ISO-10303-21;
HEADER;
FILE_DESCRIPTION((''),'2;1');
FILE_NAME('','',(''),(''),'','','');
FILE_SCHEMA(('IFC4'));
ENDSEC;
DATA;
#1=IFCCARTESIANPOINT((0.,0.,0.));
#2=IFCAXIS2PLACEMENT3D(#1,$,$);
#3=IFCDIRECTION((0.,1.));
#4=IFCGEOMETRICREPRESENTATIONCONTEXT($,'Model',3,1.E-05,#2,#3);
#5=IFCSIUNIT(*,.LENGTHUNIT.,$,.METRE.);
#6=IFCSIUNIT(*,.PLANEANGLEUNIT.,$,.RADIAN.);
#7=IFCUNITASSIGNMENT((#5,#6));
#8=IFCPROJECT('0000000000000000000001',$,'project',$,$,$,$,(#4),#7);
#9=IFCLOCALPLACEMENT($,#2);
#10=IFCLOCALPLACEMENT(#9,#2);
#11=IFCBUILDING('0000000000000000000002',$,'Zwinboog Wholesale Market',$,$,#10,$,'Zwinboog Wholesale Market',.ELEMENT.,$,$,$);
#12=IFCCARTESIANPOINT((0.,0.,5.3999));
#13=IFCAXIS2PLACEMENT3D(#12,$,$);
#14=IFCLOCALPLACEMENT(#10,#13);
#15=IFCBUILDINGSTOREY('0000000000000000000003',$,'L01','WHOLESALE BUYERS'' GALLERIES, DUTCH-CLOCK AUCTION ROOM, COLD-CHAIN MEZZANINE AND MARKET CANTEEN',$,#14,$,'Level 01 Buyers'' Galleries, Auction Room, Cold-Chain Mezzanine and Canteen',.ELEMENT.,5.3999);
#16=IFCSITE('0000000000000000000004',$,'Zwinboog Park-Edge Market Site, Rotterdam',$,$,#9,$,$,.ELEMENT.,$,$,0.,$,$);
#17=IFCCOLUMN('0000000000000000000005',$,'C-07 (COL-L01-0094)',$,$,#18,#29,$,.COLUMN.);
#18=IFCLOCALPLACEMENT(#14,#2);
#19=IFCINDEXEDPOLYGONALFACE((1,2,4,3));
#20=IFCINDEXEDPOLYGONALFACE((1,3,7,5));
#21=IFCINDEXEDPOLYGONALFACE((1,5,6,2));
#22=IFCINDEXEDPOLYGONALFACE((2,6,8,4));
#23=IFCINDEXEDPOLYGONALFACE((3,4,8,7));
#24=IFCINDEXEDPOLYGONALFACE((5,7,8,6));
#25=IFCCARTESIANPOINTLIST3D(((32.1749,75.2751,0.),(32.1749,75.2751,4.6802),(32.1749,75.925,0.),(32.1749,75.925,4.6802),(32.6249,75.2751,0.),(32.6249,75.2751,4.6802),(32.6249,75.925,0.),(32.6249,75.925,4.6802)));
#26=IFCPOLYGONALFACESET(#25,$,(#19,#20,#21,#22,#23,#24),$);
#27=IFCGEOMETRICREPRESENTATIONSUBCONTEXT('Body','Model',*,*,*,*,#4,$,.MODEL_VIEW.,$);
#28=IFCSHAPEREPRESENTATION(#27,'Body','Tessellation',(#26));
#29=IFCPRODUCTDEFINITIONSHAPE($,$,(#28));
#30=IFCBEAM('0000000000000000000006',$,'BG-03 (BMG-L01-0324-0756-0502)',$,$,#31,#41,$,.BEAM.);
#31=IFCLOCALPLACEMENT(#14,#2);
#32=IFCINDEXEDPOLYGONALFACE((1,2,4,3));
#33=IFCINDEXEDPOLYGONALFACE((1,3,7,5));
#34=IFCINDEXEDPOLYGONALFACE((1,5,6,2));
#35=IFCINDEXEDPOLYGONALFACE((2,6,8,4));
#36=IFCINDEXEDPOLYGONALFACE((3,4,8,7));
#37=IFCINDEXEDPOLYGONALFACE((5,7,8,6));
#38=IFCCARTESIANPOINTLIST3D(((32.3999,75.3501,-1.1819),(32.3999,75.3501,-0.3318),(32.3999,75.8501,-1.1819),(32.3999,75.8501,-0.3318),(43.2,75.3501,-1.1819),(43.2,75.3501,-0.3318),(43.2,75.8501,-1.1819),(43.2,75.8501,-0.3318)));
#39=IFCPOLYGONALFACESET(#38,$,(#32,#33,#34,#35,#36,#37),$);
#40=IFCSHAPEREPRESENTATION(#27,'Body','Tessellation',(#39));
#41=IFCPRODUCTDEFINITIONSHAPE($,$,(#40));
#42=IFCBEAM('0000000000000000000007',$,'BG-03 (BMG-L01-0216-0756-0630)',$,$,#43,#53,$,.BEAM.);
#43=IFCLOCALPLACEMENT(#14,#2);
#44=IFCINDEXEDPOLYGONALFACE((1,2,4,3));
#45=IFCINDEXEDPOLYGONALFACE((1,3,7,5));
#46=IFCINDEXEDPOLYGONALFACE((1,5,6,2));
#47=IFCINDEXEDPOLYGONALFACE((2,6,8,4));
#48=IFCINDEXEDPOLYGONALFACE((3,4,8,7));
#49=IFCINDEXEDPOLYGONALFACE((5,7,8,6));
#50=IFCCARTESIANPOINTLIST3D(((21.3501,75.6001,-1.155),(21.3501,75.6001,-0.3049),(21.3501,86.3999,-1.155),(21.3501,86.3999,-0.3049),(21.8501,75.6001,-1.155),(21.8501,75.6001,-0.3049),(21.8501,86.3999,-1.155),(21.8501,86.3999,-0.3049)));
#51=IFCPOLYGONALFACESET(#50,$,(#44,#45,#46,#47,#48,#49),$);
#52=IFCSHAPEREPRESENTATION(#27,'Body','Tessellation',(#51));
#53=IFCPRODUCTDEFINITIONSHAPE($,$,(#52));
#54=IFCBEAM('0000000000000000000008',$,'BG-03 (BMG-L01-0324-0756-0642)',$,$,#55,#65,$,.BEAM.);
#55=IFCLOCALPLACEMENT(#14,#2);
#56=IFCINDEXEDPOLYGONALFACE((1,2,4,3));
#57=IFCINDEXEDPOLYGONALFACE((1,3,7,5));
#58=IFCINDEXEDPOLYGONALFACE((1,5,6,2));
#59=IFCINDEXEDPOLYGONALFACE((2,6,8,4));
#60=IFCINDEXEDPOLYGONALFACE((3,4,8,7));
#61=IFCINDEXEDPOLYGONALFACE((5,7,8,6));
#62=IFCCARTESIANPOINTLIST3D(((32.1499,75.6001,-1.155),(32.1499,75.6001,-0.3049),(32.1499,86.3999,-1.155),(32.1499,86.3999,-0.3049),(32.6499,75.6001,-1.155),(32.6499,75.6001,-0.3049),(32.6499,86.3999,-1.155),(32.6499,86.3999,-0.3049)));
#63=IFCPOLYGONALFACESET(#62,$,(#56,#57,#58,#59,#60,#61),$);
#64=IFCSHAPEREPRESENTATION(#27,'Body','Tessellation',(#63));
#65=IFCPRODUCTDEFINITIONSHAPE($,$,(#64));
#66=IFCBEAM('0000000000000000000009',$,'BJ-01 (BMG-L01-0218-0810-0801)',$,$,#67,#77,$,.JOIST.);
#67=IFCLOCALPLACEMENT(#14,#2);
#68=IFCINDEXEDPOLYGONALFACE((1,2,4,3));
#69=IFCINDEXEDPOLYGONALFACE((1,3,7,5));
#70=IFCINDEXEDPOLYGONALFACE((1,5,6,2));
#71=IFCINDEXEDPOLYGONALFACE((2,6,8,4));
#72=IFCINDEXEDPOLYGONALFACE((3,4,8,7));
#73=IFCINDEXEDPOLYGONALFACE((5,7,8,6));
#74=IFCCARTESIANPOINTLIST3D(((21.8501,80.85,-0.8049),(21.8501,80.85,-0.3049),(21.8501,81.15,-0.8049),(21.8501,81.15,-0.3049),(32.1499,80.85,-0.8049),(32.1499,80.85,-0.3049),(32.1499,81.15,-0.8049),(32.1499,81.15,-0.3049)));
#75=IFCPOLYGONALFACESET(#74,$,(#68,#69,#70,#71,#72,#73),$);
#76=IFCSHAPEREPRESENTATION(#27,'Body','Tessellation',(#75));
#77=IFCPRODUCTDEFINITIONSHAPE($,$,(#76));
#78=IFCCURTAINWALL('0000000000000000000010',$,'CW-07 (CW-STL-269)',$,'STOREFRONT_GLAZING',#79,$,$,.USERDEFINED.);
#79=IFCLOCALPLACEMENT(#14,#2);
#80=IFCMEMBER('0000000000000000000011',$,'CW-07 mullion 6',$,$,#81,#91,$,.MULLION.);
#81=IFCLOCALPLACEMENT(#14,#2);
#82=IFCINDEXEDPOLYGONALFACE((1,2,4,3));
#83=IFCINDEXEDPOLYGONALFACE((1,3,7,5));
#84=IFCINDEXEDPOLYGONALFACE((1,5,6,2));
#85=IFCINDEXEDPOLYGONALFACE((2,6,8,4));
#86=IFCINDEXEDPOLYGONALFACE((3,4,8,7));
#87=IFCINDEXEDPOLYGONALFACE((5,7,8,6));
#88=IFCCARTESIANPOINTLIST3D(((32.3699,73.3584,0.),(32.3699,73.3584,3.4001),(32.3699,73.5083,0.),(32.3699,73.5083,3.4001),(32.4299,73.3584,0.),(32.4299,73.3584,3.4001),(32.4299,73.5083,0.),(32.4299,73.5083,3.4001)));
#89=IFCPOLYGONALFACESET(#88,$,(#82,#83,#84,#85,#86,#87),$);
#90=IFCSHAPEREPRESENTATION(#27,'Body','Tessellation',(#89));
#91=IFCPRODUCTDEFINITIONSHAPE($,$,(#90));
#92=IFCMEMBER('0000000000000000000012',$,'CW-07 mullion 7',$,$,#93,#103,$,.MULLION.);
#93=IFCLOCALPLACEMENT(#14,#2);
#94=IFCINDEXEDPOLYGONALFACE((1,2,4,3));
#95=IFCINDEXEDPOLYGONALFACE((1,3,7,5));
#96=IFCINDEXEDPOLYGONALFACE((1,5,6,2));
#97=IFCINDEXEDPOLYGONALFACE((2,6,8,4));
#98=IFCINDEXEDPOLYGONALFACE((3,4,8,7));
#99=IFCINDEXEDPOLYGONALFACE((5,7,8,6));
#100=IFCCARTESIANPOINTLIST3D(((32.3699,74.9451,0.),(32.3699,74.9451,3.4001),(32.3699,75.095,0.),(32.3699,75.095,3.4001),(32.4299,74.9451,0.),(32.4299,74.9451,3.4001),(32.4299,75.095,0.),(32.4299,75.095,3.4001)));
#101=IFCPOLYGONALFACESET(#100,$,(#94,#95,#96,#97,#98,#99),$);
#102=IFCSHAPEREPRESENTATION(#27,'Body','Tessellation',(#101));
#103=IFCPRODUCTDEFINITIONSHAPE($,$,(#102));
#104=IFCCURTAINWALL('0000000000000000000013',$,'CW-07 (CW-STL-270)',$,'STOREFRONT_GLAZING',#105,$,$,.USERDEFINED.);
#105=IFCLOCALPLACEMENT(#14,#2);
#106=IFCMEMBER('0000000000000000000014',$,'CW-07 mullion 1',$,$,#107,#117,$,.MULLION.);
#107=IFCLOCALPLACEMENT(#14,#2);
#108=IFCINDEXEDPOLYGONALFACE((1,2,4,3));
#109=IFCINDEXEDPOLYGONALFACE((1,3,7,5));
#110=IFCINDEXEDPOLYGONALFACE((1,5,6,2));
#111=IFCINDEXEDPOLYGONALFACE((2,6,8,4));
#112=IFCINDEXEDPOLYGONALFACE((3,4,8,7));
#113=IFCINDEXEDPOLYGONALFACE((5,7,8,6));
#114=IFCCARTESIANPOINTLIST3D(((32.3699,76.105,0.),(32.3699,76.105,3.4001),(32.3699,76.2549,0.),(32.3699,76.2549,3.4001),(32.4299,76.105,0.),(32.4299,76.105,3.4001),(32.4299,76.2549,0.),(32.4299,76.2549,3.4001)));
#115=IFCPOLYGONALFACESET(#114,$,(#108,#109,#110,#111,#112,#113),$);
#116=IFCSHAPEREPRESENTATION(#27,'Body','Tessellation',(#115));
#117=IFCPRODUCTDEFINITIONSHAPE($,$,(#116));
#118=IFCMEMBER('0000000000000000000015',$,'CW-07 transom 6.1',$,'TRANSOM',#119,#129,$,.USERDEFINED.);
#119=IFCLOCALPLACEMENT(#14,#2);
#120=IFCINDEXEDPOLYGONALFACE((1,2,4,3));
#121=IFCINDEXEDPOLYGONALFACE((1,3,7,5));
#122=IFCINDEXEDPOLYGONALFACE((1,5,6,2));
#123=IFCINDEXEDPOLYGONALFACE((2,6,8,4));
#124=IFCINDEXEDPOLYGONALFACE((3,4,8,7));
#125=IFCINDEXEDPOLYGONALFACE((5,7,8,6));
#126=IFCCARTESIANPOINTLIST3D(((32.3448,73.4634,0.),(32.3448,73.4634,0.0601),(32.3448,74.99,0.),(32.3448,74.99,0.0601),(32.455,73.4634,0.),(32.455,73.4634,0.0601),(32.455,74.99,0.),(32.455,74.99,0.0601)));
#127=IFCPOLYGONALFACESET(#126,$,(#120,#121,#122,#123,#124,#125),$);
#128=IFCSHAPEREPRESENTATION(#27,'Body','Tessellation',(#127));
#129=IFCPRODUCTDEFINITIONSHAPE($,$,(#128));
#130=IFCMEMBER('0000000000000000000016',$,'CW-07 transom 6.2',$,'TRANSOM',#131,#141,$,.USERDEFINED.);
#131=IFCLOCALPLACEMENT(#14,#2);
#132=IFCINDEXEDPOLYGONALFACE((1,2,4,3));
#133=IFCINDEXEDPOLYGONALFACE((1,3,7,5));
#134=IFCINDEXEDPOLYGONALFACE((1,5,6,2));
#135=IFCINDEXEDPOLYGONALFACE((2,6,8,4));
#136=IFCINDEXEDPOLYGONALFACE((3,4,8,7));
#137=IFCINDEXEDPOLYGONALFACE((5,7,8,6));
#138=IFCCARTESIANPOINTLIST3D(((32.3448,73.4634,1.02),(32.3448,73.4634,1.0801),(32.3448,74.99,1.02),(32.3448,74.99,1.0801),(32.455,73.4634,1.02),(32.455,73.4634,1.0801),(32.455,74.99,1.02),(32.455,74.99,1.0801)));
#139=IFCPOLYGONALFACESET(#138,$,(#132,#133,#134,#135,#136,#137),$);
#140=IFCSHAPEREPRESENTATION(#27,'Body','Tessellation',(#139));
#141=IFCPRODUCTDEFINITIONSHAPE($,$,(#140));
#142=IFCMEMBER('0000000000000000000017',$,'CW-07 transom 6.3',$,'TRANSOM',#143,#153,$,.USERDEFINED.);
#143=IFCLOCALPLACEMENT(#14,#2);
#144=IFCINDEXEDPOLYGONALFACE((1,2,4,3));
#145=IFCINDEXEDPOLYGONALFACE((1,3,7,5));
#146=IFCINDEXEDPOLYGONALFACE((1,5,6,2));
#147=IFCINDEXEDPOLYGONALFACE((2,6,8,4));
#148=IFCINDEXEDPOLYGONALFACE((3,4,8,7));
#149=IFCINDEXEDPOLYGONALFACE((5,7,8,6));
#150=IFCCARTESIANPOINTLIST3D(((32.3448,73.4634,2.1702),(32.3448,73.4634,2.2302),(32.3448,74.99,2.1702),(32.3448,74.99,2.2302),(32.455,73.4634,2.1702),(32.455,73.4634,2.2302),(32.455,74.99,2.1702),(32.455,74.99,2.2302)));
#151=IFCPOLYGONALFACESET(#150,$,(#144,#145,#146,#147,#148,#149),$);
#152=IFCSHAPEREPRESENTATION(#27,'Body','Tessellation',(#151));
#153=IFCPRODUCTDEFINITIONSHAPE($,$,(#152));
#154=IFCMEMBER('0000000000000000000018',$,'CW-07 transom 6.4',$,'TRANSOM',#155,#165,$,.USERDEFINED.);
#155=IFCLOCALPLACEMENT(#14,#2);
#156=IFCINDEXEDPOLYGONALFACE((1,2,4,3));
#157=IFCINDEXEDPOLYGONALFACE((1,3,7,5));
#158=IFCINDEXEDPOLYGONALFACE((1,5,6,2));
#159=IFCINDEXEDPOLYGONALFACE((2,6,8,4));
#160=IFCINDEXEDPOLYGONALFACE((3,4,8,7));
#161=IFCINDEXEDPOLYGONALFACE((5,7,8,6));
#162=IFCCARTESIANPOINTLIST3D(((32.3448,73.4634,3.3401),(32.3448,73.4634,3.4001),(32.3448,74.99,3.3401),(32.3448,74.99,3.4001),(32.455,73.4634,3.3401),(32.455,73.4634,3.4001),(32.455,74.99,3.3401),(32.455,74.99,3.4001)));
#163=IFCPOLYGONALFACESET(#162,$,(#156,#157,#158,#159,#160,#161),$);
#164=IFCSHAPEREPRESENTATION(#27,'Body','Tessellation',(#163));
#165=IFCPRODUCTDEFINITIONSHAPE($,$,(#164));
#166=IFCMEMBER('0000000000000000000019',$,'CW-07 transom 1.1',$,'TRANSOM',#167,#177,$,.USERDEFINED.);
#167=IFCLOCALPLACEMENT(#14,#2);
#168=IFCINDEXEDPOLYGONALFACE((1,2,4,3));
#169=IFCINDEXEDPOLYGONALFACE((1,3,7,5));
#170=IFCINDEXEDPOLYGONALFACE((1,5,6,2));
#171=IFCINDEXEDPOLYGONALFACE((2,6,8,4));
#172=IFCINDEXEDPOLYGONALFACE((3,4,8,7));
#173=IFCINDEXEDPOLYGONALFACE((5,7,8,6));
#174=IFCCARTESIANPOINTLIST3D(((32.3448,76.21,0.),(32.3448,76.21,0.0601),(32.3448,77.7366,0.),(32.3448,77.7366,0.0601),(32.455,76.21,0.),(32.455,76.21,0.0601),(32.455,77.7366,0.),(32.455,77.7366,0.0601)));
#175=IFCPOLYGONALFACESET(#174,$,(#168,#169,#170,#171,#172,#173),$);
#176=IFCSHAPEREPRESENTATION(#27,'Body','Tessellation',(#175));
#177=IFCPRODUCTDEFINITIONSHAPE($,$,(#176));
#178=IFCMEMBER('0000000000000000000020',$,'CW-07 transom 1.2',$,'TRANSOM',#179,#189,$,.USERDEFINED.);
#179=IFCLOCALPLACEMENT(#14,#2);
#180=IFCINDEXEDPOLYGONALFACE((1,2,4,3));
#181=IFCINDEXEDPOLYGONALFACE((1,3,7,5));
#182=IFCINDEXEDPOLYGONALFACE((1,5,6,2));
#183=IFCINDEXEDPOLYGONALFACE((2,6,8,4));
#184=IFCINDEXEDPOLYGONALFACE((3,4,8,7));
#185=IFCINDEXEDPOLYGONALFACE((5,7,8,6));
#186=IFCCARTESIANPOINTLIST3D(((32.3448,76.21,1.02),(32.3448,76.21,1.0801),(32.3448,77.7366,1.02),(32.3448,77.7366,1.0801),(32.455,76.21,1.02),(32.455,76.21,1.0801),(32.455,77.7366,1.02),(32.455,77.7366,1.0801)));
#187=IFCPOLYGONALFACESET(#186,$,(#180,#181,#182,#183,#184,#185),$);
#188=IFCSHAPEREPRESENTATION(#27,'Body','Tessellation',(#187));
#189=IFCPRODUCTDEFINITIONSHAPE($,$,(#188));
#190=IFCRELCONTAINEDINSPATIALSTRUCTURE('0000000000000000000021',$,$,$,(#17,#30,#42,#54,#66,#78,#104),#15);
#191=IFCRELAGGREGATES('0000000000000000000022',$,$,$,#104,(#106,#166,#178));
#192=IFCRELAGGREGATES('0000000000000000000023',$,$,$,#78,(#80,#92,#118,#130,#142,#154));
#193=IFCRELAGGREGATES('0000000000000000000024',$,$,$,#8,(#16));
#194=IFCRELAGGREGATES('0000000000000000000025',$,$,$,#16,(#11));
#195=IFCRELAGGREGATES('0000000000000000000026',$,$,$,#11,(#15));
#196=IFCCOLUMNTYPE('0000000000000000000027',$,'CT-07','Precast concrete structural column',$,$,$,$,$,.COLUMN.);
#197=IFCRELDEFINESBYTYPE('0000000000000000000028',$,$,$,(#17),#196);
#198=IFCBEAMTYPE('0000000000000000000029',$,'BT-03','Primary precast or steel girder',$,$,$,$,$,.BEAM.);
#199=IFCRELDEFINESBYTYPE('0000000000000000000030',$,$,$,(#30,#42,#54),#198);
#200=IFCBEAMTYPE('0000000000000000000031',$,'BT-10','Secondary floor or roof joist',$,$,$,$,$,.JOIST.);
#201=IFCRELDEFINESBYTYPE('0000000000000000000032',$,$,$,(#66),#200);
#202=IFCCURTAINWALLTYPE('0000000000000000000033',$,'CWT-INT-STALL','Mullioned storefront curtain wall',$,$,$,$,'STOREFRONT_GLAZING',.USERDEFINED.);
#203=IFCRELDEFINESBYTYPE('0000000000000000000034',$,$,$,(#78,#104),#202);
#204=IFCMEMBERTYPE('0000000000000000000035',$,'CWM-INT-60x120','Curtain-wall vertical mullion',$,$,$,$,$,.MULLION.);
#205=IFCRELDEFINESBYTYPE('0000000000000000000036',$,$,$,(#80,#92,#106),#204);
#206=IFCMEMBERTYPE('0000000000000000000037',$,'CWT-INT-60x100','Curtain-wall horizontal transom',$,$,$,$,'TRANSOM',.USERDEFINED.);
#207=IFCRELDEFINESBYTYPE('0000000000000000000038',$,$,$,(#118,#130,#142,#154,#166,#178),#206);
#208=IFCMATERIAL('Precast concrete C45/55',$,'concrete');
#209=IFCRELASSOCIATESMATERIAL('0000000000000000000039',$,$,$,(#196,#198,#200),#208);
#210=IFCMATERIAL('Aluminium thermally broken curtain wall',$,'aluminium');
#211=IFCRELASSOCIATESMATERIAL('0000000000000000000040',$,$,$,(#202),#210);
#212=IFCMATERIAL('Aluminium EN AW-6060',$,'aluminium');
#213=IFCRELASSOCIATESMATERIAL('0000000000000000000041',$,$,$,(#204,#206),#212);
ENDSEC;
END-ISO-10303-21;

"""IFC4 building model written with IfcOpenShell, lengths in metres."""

from ifc_helpers import new_model, si_unit, direction, frame, origin, origin_2d, place, context, subcontext, project, spatial, rectangle, extrude, material, material_profile, profile_set, type_object, element, aggregate, save


model = new_model("IFC4")

# Units and contexts
model_context = context("Model", 3, precision=1e-05, world=origin(), true_north=direction((0.0, 1.0)))
body_context = subcontext(model_context, "Body", "Model", "MODEL_VIEW")
ifc_project = project(units=[si_unit("LENGTHUNIT", "METRE"), si_unit("PLANEANGLEUNIT", "RADIAN")], contexts=[model_context])

# Site, building, storey
site_placement = place(None, origin())
site = spatial("IfcSite", under=ifc_project, at=site_placement, Name="Zwinboog Park-Edge Market Site, Rotterdam", CompositionType="ELEMENT", RefElevation=0.0)
building_placement = place(site_placement, origin())
building = spatial("IfcBuilding", under=site, at=building_placement, Name="Zwinboog Wholesale Market", LongName="Zwinboog Wholesale Market", CompositionType="ELEMENT")
storey_placement = place(building_placement, frame((0.0, 0.0, 5.3999)))
storey = spatial("IfcBuildingStorey", under=building, at=storey_placement, Name="L01", Description="WHOLESALE BUYERS' GALLERIES, DUTCH-CLOCK AUCTION ROOM, COLD-CHAIN MEZZANINE AND MARKET CANTEEN", LongName="Level 01 Buyers' Galleries, Auction Room, Cold-Chain Mezzanine and Canteen", CompositionType="ELEMENT", Elevation=5.3999)

# Column
ifc_material_1 = material(Name="Precast concrete C45/55", Category="concrete")
ifc_material_profile_1 = material_profile(ifc_material_1, rectangle(XDim=0.45, YDim=0.6499, at=origin_2d()), Name="PC 450x650")
ifc_profile_set_1 = profile_set([ifc_material_profile_1], Name="Precast concrete C45/55")
column_type = type_object("IfcColumnType", Name="CT-07", Description="Precast concrete structural column", PredefinedType="COLUMN", material=ifc_profile_set_1)
column_placement = place(storey_placement, frame((32.3999, 75.6001, 0.0), z_axis=(0.0, 0.0, 1.0), x_axis=(1.0, 0.0, 0.0)))
element("IfcColumn", 1, at=column_placement, inside=storey, type_object=column_type, Name="C-07 (COL-L01-0094)", PredefinedType="COLUMN", context=body_context, shape_type="SweptSolid", body=[
    extrude(rectangle(XDim=0.45, YDim=0.6499, at=origin_2d()), origin(), (0.0, 0.0, 1.0), 4.6802),
])

# Beams
ifc_material_profile_2 = material_profile(ifc_material_1, rectangle(XDim=0.5, YDim=0.8501, at=origin_2d()), Name="PC 500x850")
ifc_profile_set_2 = profile_set([ifc_material_profile_2], Name="Precast concrete C45/55")
beam_type_1 = type_object("IfcBeamType", Name="BT-03", Description="Primary precast or steel girder", PredefinedType="BEAM", material=ifc_profile_set_2)
beam_1_placement = place(storey_placement, frame((32.3999, 75.6001, -0.7568), z_axis=(1.0, 0.0, 0.0), x_axis=(0.0, 1.0, 0.0)))
element("IfcBeam", 2, at=beam_1_placement, inside=storey, type_object=beam_type_1, Name="BG-03 (BMG-L01-0324-0756-0502)", PredefinedType="BEAM", context=body_context, shape_type="SweptSolid", body=[
    extrude(rectangle(XDim=0.5, YDim=0.8501, at=origin_2d()), origin(), (0.0, 0.0, 1.0), 10.8),
])
for number, where, z_axis, x_axis, name in (
    (3, (21.6001, 75.6001, -0.73), (0.0, 1.0, 0.0), (-1.0, 0.0, 0.0), "BG-03 (BMG-L01-0216-0756-0630)"),
    (4, (32.3999, 75.6001, -0.73), (0.0, 1.0, 0.0), (-1.0, 0.0, 0.0), "BG-03 (BMG-L01-0324-0756-0642)"),
):
    element("IfcBeam", number, at=place(storey_placement, frame(where, z_axis=z_axis, x_axis=x_axis)), inside=storey, type_object=beam_type_1, Name=name, PredefinedType="BEAM", context=body_context, shape_type="SweptSolid", body=[
        extrude(rectangle(XDim=0.5, YDim=0.8501, at=origin_2d()), origin(), (0.0, 0.0, 1.0), 10.7998),
    ])
ifc_material_profile_3 = material_profile(ifc_material_1, rectangle(XDim=0.3, YDim=0.5, at=origin_2d()), Name="PC 300x500")
ifc_profile_set_3 = profile_set([ifc_material_profile_3], Name="Precast concrete C45/55")
beam_type_2 = type_object("IfcBeamType", Name="BT-10", Description="Secondary floor or roof joist", PredefinedType="JOIST", material=ifc_profile_set_3)
beam_2_placement = place(storey_placement, frame((21.8501, 81.0, -0.5549), z_axis=(1.0, 0.0, 0.0), x_axis=(0.0, 1.0, 0.0)))
element("IfcBeam", 5, at=beam_2_placement, inside=storey, type_object=beam_type_2, Name="BJ-01 (BMG-L01-0218-0810-0801)", PredefinedType="JOIST", context=body_context, shape_type="SweptSolid", body=[
    extrude(rectangle(XDim=0.3, YDim=0.5, at=origin_2d()), origin(), (0.0, 0.0, 1.0), 10.2998),
])

# Curtain wall, members
ifc_material_2 = material(Name="Aluminium thermally broken curtain wall", Category="aluminium")
curtain_wall_type = type_object("IfcCurtainWallType", Name="CWT-INT-STALL", Description="Mullioned storefront curtain wall", ElementType="STOREFRONT_GLAZING", PredefinedType="USERDEFINED", material=ifc_material_2)
curtain_wall_1_placement = place(storey_placement, origin())
curtain_wall_1 = element("IfcCurtainWall", 6, at=curtain_wall_1_placement, inside=storey, type_object=curtain_wall_type, Name="CW-07 (CW-STL-269)", ObjectType="STOREFRONT_GLAZING", PredefinedType="USERDEFINED")
ifc_material_3 = material(Name="Aluminium EN AW-6060", Category="aluminium")
ifc_material_profile_4 = material_profile(ifc_material_3, rectangle(XDim=0.0601, YDim=0.1499, at=origin_2d()), Name="AL 60x150")
ifc_profile_set_4 = profile_set([ifc_material_profile_4], Name="Aluminium EN AW-6060")
member_type_1 = type_object("IfcMemberType", Name="CWM-INT-60x120", Description="Curtain-wall vertical mullion", PredefinedType="MULLION", material=ifc_profile_set_4)
member_1_placement = place(storey_placement, frame((32.3999, 73.4333, 0.0), z_axis=(0.0, 0.0, 1.0), x_axis=(-1.0, 0.0, 0.0)))
member_1 = element("IfcMember", 7, at=member_1_placement, type_object=member_type_1, Name="CW-07 mullion 6", PredefinedType="MULLION", context=body_context, shape_type="SweptSolid", body=[
    extrude(rectangle(XDim=0.0601, YDim=0.1499, at=origin_2d()), origin(), (0.0, 0.0, 1.0), 3.4001),
])
member_2_placement = place(storey_placement, frame((32.3999, 75.02, 0.0), z_axis=(0.0, 0.0, 1.0), x_axis=(-1.0, 0.0, 0.0)))
member_2 = element("IfcMember", 8, at=member_2_placement, type_object=member_type_1, Name="CW-07 mullion 7", PredefinedType="MULLION", context=body_context, shape_type="SweptSolid", body=[
    extrude(rectangle(XDim=0.0601, YDim=0.1499, at=origin_2d()), origin(), (0.0, 0.0, 1.0), 3.4001),
])

# Curtain wall, member
curtain_wall_2_placement = place(storey_placement, origin())
curtain_wall_2 = element("IfcCurtainWall", 9, at=curtain_wall_2_placement, inside=storey, type_object=curtain_wall_type, Name="CW-07 (CW-STL-270)", ObjectType="STOREFRONT_GLAZING", PredefinedType="USERDEFINED")
member_3_placement = place(storey_placement, frame((32.3999, 76.1799, 0.0), z_axis=(0.0, 0.0, 1.0), x_axis=(-1.0, 0.0, 0.0)))
member_3 = element("IfcMember", 10, at=member_3_placement, type_object=member_type_1, Name="CW-07 mullion 1", PredefinedType="MULLION", context=body_context, shape_type="SweptSolid", body=[
    extrude(rectangle(XDim=0.0601, YDim=0.1499, at=origin_2d()), origin(), (0.0, 0.0, 1.0), 3.4001),
])

# Members
ifc_material_profile_5 = material_profile(ifc_material_3, rectangle(XDim=0.1101, YDim=0.0601, at=origin_2d()), Name="AL 60x110")
ifc_profile_set_5 = profile_set([ifc_material_profile_5], Name="Aluminium EN AW-6060")
member_type_2 = type_object("IfcMemberType", Name="CWT-INT-60x100", Description="Curtain-wall horizontal transom", ElementType="TRANSOM", PredefinedType="USERDEFINED", material=ifc_profile_set_5)
member_4_placement = place(storey_placement, frame((32.3999, 73.4634, 0.03), z_axis=(0.0, 1.0, 0.0), x_axis=(-1.0, 0.0, 0.0)))
member_4 = element("IfcMember", 11, at=member_4_placement, type_object=member_type_2, Name="CW-07 transom 6.1", ObjectType="TRANSOM", PredefinedType="USERDEFINED", context=body_context, shape_type="SweptSolid", body=[
    extrude(rectangle(XDim=0.1101, YDim=0.0601, at=origin_2d()), origin(), (0.0, 0.0, 1.0), 1.5266),
])
member_5_placement = place(storey_placement, frame((32.3999, 73.4634, 1.05), z_axis=(0.0, 1.0, 0.0), x_axis=(-1.0, 0.0, 0.0)))
member_5 = element("IfcMember", 12, at=member_5_placement, type_object=member_type_2, Name="CW-07 transom 6.2", ObjectType="TRANSOM", PredefinedType="USERDEFINED", context=body_context, shape_type="SweptSolid", body=[
    extrude(rectangle(XDim=0.1101, YDim=0.0601, at=origin_2d()), origin(), (0.0, 0.0, 1.0), 1.5266),
])
member_6_placement = place(storey_placement, frame((32.3999, 73.4634, 2.2002), z_axis=(0.0, 1.0, 0.0), x_axis=(-1.0, 0.0, 0.0)))
member_6 = element("IfcMember", 13, at=member_6_placement, type_object=member_type_2, Name="CW-07 transom 6.3", ObjectType="TRANSOM", PredefinedType="USERDEFINED", context=body_context, shape_type="SweptSolid", body=[
    extrude(rectangle(XDim=0.1101, YDim=0.0601, at=origin_2d()), origin(), (0.0, 0.0, 1.0), 1.5266),
])
member_7_placement = place(storey_placement, frame((32.3999, 73.4634, 3.3701), z_axis=(0.0, 1.0, 0.0), x_axis=(-1.0, 0.0, 0.0)))
member_7 = element("IfcMember", 14, at=member_7_placement, type_object=member_type_2, Name="CW-07 transom 6.4", ObjectType="TRANSOM", PredefinedType="USERDEFINED", context=body_context, shape_type="SweptSolid", body=[
    extrude(rectangle(XDim=0.1101, YDim=0.0601, at=origin_2d()), origin(), (0.0, 0.0, 1.0), 1.5266),
])
member_8_placement = place(storey_placement, frame((32.3999, 76.21, 0.03), z_axis=(0.0, 1.0, 0.0), x_axis=(-1.0, 0.0, 0.0)))
member_8 = element("IfcMember", 15, at=member_8_placement, type_object=member_type_2, Name="CW-07 transom 1.1", ObjectType="TRANSOM", PredefinedType="USERDEFINED", context=body_context, shape_type="SweptSolid", body=[
    extrude(rectangle(XDim=0.1101, YDim=0.0601, at=origin_2d()), origin(), (0.0, 0.0, 1.0), 1.5266),
])
member_9_placement = place(storey_placement, frame((32.3999, 76.21, 1.05), z_axis=(0.0, 1.0, 0.0), x_axis=(-1.0, 0.0, 0.0)))
member_9 = element("IfcMember", 16, at=member_9_placement, type_object=member_type_2, Name="CW-07 transom 1.2", ObjectType="TRANSOM", PredefinedType="USERDEFINED", context=body_context, shape_type="SweptSolid", body=[
    extrude(rectangle(XDim=0.1101, YDim=0.0601, at=origin_2d()), origin(), (0.0, 0.0, 1.0), 1.5266),
])
aggregate(curtain_wall_2, [member_3, member_8, member_9])

aggregate(curtain_wall_1, [member_1, member_2, member_4, member_5, member_6, member_7])

save(model, "model.ifc")
